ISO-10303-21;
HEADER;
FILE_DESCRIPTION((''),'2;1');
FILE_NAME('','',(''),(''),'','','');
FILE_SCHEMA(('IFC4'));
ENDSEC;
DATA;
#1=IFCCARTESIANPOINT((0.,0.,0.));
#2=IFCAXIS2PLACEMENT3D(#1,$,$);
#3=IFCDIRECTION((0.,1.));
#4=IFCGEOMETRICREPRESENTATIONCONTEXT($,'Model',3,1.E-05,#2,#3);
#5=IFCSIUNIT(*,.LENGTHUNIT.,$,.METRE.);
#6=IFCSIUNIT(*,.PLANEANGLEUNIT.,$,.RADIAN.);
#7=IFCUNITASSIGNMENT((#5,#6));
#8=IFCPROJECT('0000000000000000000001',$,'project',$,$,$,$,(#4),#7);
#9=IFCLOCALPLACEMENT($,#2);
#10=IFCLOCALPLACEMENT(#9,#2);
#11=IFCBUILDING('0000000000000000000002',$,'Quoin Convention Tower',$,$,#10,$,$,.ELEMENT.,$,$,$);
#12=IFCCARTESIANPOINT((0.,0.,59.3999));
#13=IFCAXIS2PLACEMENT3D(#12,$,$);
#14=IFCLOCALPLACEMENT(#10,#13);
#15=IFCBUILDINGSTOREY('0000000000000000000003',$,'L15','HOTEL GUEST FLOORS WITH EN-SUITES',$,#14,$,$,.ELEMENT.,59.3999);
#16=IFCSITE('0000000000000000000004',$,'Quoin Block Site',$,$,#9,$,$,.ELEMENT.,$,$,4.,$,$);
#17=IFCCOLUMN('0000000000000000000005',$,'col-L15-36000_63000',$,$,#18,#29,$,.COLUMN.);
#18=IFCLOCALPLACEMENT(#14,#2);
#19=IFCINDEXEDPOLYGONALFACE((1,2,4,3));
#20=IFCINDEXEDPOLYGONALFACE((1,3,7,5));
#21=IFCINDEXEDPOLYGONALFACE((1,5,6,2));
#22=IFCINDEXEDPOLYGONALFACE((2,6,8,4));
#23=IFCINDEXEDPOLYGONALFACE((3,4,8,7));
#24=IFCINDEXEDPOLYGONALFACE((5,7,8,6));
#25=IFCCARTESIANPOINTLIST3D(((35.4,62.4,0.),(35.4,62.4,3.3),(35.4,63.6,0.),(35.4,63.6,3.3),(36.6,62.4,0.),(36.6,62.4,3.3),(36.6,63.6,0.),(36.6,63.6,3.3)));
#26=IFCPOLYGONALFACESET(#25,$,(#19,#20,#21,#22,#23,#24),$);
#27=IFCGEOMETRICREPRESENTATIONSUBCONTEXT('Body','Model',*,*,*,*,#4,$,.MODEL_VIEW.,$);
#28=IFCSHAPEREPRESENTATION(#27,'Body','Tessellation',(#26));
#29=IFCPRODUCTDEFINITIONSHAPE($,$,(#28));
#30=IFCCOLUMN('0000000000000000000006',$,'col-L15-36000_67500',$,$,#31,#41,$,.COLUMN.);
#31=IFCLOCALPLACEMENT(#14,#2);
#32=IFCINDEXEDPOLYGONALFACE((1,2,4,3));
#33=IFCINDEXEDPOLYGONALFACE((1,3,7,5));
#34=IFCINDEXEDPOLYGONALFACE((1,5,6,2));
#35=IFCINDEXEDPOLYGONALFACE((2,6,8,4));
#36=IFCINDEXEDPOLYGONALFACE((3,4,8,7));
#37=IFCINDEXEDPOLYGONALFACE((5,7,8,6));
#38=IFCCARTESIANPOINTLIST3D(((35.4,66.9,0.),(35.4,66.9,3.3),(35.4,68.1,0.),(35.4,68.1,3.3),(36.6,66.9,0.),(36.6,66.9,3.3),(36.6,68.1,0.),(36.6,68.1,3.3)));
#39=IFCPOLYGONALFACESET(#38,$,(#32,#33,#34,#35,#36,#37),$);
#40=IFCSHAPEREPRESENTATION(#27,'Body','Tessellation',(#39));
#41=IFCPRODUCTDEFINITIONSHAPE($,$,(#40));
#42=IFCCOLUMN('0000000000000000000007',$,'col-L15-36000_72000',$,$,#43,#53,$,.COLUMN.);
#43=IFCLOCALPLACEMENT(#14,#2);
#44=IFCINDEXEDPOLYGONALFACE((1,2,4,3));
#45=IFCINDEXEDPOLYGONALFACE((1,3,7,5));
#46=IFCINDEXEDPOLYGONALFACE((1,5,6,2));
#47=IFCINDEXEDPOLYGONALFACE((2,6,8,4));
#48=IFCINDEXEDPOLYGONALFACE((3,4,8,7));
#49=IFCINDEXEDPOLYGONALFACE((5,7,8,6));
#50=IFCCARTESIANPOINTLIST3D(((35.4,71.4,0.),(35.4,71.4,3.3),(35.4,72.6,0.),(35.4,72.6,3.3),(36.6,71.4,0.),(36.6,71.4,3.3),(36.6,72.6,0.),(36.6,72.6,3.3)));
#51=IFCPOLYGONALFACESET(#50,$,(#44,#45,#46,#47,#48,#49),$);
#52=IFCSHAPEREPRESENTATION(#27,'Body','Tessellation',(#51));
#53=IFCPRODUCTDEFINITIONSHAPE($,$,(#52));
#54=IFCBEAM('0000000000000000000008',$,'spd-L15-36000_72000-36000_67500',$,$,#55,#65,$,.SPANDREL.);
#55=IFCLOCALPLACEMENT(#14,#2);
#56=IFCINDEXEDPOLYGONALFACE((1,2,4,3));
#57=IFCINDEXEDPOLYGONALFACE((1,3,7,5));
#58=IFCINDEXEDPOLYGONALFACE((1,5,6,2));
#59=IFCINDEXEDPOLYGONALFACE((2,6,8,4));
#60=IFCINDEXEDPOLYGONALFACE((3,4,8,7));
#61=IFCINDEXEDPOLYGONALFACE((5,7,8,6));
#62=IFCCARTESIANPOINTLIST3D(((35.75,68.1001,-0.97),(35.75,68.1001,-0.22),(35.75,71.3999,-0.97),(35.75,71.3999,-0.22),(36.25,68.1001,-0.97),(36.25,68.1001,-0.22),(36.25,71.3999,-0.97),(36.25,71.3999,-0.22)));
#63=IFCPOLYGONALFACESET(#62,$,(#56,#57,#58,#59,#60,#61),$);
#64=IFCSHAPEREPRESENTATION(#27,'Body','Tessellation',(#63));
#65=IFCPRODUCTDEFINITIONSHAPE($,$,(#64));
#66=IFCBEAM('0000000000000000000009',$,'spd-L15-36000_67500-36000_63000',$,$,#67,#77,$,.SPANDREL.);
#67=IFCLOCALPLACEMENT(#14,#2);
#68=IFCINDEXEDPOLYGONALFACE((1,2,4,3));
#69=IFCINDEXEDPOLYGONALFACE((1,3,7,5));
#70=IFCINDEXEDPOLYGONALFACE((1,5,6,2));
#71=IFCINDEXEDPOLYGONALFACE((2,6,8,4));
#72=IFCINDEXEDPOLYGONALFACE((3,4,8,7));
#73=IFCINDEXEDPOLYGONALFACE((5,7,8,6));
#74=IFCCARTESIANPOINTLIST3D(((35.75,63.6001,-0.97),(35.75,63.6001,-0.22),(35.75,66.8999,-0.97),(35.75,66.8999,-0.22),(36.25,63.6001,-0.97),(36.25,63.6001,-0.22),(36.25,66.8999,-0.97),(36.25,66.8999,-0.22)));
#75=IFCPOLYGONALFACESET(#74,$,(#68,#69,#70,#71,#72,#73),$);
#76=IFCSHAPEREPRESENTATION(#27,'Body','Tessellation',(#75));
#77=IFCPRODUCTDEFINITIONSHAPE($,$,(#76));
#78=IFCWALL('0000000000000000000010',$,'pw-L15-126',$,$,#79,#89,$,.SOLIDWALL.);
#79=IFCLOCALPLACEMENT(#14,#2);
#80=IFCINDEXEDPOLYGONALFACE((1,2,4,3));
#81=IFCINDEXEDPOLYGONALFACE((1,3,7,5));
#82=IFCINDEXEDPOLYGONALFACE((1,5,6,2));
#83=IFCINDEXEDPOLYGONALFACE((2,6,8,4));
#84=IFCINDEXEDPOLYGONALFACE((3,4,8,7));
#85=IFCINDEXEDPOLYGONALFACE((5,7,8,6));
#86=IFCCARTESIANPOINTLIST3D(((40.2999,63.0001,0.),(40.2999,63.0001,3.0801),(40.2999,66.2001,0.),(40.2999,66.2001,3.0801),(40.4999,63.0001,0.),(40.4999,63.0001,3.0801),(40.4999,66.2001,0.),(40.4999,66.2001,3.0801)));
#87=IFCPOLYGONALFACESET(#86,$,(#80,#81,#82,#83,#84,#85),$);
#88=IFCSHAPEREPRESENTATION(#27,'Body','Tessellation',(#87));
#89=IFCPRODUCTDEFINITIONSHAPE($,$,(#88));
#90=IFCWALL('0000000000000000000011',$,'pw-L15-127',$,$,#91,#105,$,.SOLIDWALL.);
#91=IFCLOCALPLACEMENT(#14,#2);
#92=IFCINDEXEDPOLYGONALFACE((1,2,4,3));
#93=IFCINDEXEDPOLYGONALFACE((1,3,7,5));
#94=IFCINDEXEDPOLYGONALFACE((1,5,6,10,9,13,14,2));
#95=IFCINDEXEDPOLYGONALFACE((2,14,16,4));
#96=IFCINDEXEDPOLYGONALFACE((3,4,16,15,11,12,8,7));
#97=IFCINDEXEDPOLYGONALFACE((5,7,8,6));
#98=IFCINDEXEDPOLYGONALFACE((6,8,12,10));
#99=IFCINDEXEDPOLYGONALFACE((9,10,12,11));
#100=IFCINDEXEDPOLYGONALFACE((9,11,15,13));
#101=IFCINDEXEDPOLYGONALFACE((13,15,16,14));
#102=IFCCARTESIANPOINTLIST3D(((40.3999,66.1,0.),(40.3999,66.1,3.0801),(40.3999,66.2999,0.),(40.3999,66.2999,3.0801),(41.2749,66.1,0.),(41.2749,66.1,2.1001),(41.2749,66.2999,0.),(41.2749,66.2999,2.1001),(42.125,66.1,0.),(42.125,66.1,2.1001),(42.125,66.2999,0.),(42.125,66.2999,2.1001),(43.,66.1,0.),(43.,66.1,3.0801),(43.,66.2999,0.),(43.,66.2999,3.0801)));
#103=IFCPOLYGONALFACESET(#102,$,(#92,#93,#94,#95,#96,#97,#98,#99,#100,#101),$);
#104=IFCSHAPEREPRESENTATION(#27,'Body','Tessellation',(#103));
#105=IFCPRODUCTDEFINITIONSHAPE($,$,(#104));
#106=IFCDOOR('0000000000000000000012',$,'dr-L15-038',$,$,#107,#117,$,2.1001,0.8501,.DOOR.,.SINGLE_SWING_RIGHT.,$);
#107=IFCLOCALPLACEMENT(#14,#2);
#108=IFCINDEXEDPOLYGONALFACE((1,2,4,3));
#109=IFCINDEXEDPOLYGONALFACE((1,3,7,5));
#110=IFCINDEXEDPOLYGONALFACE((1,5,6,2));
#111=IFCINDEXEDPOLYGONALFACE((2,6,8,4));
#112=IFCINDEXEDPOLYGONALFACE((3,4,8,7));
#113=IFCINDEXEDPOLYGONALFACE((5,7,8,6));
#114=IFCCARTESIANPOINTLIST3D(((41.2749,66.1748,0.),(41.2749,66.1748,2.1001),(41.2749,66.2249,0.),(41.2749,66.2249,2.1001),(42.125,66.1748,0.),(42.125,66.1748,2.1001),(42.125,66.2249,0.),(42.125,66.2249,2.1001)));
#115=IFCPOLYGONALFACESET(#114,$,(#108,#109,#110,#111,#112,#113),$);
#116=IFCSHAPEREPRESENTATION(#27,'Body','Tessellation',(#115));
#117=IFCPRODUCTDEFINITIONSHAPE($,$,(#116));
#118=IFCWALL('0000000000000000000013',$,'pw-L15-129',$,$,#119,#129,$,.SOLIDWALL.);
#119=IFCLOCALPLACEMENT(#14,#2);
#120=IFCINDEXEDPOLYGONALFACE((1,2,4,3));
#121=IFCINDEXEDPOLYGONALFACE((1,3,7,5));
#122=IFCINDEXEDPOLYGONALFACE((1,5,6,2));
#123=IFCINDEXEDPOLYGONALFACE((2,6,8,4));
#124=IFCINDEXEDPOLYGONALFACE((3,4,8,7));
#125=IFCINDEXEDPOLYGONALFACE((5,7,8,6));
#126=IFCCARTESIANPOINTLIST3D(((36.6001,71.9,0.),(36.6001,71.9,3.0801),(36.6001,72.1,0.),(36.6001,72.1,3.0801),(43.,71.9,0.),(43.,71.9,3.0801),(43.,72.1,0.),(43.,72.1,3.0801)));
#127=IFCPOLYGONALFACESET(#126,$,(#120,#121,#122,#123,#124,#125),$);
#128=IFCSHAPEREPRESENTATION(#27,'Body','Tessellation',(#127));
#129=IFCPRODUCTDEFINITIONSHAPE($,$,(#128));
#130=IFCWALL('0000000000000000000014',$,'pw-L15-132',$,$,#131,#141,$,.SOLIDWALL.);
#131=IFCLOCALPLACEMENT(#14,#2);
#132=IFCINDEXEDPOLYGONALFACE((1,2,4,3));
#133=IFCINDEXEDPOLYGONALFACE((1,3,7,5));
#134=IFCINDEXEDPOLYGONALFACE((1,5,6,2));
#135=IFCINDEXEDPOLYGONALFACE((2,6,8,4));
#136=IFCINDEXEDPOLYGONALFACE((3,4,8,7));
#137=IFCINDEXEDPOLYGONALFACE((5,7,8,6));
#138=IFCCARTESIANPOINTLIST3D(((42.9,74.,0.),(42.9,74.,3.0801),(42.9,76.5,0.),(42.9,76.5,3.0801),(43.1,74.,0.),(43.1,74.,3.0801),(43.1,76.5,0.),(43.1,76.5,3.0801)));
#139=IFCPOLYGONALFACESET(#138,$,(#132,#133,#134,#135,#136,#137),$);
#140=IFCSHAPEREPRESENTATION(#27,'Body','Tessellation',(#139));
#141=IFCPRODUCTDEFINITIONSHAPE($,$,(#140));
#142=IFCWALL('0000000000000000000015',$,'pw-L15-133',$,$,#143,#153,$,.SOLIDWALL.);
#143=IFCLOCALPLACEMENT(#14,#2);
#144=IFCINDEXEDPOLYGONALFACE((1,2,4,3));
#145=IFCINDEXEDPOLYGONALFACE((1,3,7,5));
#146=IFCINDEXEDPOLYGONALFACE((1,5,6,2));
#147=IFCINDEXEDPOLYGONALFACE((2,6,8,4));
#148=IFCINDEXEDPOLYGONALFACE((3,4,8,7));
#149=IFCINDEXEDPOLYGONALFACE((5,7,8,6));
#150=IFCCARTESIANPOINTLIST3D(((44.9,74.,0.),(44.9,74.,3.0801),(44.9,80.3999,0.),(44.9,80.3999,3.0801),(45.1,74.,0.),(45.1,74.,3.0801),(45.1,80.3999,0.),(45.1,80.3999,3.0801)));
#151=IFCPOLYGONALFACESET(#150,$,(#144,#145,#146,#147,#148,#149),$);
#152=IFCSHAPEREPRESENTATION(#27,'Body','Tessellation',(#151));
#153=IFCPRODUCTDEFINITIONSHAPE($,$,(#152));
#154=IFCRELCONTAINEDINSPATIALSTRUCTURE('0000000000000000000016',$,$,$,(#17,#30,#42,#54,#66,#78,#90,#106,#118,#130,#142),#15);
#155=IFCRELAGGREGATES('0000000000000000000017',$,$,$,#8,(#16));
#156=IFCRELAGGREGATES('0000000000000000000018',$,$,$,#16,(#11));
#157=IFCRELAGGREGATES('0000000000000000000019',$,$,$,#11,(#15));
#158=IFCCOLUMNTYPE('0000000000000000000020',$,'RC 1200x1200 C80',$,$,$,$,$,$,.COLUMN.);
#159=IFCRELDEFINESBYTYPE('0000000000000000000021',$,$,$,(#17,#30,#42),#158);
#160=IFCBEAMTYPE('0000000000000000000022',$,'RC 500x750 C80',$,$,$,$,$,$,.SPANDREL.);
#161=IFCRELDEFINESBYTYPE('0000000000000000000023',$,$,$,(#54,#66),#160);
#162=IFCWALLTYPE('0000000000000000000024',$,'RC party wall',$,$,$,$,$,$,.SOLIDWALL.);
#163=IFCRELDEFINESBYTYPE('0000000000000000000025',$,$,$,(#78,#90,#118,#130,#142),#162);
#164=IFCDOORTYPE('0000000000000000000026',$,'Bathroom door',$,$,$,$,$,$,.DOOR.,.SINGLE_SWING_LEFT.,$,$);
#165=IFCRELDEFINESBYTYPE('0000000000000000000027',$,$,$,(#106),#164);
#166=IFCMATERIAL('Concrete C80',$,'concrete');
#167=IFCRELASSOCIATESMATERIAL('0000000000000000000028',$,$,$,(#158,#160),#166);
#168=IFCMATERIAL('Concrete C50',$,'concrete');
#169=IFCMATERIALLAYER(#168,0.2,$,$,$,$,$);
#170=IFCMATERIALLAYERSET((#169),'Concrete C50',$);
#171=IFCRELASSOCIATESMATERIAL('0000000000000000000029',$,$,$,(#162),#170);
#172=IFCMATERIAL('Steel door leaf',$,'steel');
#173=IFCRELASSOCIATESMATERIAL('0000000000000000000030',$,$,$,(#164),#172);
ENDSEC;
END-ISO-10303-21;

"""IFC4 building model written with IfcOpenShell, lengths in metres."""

from ifc_helpers import new_model, si_unit, direction, frame, frame_2d, origin, origin_2d, place, context, subcontext, project, spatial, rectangle, extrude, material, layer, layer_set, material_profile, profile_set, type_object, element, fill, save


model = new_model("IFC4")

# Units and contexts
model_context = context("Model", 3, precision=1e-05, world=origin(), true_north=direction((0.0, 1.0)))
body_context = subcontext(model_context, "Body", "Model", "MODEL_VIEW")
ifc_project = project(units=[si_unit("LENGTHUNIT", "METRE"), si_unit("PLANEANGLEUNIT", "RADIAN")], contexts=[model_context])

# Site, building, storey
site_placement = place(None, origin())
site = spatial("IfcSite", under=ifc_project, at=site_placement, Name="Quoin Block Site", CompositionType="ELEMENT", RefElevation=4.0)
building_placement = place(site_placement, origin())
building = spatial("IfcBuilding", under=site, at=building_placement, Name="Quoin Convention Tower", CompositionType="ELEMENT")
storey_placement = place(building_placement, frame((0.0, 0.0, 59.3999)))
storey = spatial("IfcBuildingStorey", under=building, at=storey_placement, Name="L15", Description="HOTEL GUEST FLOORS WITH EN-SUITES", CompositionType="ELEMENT", Elevation=59.3999)

# Columns
ifc_material_1 = material(Name="Concrete C80", Category="concrete")
ifc_material_profile_1 = material_profile(ifc_material_1, rectangle(XDim=1.2, YDim=1.2, at=origin_2d()), Name="RC 1200x1200")
ifc_profile_set_1 = profile_set([ifc_material_profile_1], Name="Concrete C80")
column_type = type_object("IfcColumnType", Name="RC 1200x1200 C80", PredefinedType="COLUMN", material=ifc_profile_set_1)
for number, where, z_axis, x_axis, name in (
    (1, (36.0, 63.0, 0.0), (0.0, 0.0, 1.0), (1.0, 0.0, 0.0), "col-L15-36000_63000"),
    (2, (36.0, 67.5, 0.0), (0.0, 0.0, 1.0), (1.0, 0.0, 0.0), "col-L15-36000_67500"),
    (3, (36.0, 72.0, 0.0), (0.0, 0.0, 1.0), (1.0, 0.0, 0.0), "col-L15-36000_72000"),
):
    element("IfcColumn", number, at=place(storey_placement, frame(where, z_axis=z_axis, x_axis=x_axis)), inside=storey, type_object=column_type, Name=name, PredefinedType="COLUMN", context=body_context, shape_type="SweptSolid", body=[
        extrude(rectangle(XDim=1.2, YDim=1.2, at=origin_2d()), origin(), (0.0, 0.0, 1.0), 3.3),
    ])

# Beams
ifc_material_profile_2 = material_profile(ifc_material_1, rectangle(XDim=0.5, YDim=0.75, at=origin_2d()), Name="RC 500x750")
ifc_profile_set_2 = profile_set([ifc_material_profile_2], Name="Concrete C80")
beam_type = type_object("IfcBeamType", Name="RC 500x750 C80", PredefinedType="SPANDREL", material=ifc_profile_set_2)
for number, where, z_axis, x_axis, name in (
    (4, (36.0, 71.3999, -0.595), (0.0, -1.0, 0.0), (1.0, 0.0, 0.0), "spd-L15-36000_72000-36000_67500"),
    (5, (36.0, 66.8999, -0.595), (0.0, -1.0, 0.0), (1.0, 0.0, 0.0), "spd-L15-36000_67500-36000_63000"),
):
    element("IfcBeam", number, at=place(storey_placement, frame(where, z_axis=z_axis, x_axis=x_axis)), inside=storey, type_object=beam_type, Name=name, PredefinedType="SPANDREL", context=body_context, shape_type="SweptSolid", body=[
        extrude(rectangle(XDim=0.5, YDim=0.75, at=origin_2d()), origin(), (0.0, 0.0, 1.0), 3.2998),
    ])

# Wall
ifc_material_2 = material(Name="Concrete C50", Category="concrete")
ifc_layer_1 = layer(ifc_material_2, 0.2)
ifc_layer_set_1 = layer_set([ifc_layer_1], Name="Concrete C50")
wall_type_1 = type_object("IfcWallType", Name="RC party wall", PredefinedType="SOLIDWALL", material=ifc_layer_set_1)
wall_1_placement = place(storey_placement, frame((40.3999, 63.0, 0.0), z_axis=(0.0, 0.0, 1.0), x_axis=(0.0, 1.0, 0.0)))
element("IfcWall", 6, at=wall_1_placement, inside=storey, type_object=wall_type_1, Name="pw-L15-126", PredefinedType="SOLIDWALL", context=body_context, shape_type="SweptSolid", body=[
    extrude(rectangle(XDim=3.2, YDim=0.2, at=frame_2d((1.6001, 0.0))), origin(), (0.0, 0.0, 1.0), 3.0801),
])

# Wall, opening, door
wall_2_placement = place(storey_placement, frame((40.3999, 66.2, 0.0), z_axis=(0.0, 0.0, 1.0), x_axis=(1.0, 0.0, 0.0)))
wall_2 = element("IfcWall", 7, at=wall_2_placement, inside=storey, type_object=wall_type_1, Name="pw-L15-127", PredefinedType="SOLIDWALL", context=body_context, shape_type="SweptSolid", body=[
    extrude(rectangle(XDim=2.6001, YDim=0.2, at=frame_2d((1.3, 0.0))), origin(), (0.0, 0.0, 1.0), 3.0801),
])
opening_1_placement = place(wall_2_placement, frame((0.875, 0.0, 0.0)))
opening_1 = element("IfcOpeningElement", 8, at=opening_1_placement, cuts=wall_2, PredefinedType="OPENING", context=body_context, shape_type="SweptSolid", body=[
    extrude(rectangle(XDim=0.8501, YDim=2.1001, at=frame_2d((0.425, 1.05))), frame((0.0, 0.1099, 0.0), z_axis=(0.0, -1.0, 0.0), x_axis=(1.0, 0.0, 0.0)), (0.0, 0.0, 1.0), 0.22),
])
ifc_material_3 = material(Name="Steel door leaf", Category="steel")
door_type_1 = type_object("IfcDoorType", Name="Bathroom door", OperationType="SINGLE_SWING_LEFT", PredefinedType="DOOR", material=ifc_material_3)
door_1_placement = place(opening_1_placement, origin())
door_1 = element("IfcDoor", 9, at=door_1_placement, inside=storey, type_object=door_type_1, Name="dr-L15-038", OperationType="SINGLE_SWING_RIGHT", OverallHeight=2.1001, OverallWidth=0.8501, PredefinedType="DOOR", context=body_context, shape_type="SweptSolid", body=[
    extrude(rectangle(XDim=0.8501, YDim=2.1001, at=frame_2d((0.425, 1.05))), frame((0.0, 0.0249, 0.0), z_axis=(0.0, -1.0, 0.0), x_axis=(1.0, 0.0, 0.0)), (0.0, 0.0, 1.0), 0.05),
])
fill(opening_1, door_1)

# Walls
wall_3_placement = place(storey_placement, frame((36.6001, 72.0, 0.0), z_axis=(0.0, 0.0, 1.0), x_axis=(1.0, 0.0, 0.0)))
element("IfcWall", 10, at=wall_3_placement, inside=storey, type_object=wall_type_1, Name="pw-L15-129", PredefinedType="SOLIDWALL", context=body_context, shape_type="SweptSolid", body=[
    extrude(rectangle(XDim=6.3999, YDim=0.2, at=frame_2d((3.2, 0.0))), origin(), (0.0, 0.0, 1.0), 3.0801),
])
wall_4_placement = place(storey_placement, frame((43.0, 74.0, 0.0), z_axis=(0.0, 0.0, 1.0), x_axis=(0.0, 1.0, 0.0)))
element("IfcWall", 11, at=wall_4_placement, inside=storey, type_object=wall_type_1, Name="pw-L15-132", PredefinedType="SOLIDWALL", context=body_context, shape_type="SweptSolid", body=[
    extrude(rectangle(XDim=2.5, YDim=0.2, at=frame_2d((1.25, 0.0))), origin(), (0.0, 0.0, 1.0), 3.0801),
])
wall_5_placement = place(storey_placement, frame((45.0, 74.0, 0.0), z_axis=(0.0, 0.0, 1.0), x_axis=(0.0, 1.0, 0.0)))
element("IfcWall", 12, at=wall_5_placement, inside=storey, type_object=wall_type_1, Name="pw-L15-133", PredefinedType="SOLIDWALL", context=body_context, shape_type="SweptSolid", body=[
    extrude(rectangle(XDim=6.3999, YDim=0.2, at=frame_2d((3.2, 0.0))), origin(), (0.0, 0.0, 1.0), 3.0801),
])

save(model, "model.ifc")
